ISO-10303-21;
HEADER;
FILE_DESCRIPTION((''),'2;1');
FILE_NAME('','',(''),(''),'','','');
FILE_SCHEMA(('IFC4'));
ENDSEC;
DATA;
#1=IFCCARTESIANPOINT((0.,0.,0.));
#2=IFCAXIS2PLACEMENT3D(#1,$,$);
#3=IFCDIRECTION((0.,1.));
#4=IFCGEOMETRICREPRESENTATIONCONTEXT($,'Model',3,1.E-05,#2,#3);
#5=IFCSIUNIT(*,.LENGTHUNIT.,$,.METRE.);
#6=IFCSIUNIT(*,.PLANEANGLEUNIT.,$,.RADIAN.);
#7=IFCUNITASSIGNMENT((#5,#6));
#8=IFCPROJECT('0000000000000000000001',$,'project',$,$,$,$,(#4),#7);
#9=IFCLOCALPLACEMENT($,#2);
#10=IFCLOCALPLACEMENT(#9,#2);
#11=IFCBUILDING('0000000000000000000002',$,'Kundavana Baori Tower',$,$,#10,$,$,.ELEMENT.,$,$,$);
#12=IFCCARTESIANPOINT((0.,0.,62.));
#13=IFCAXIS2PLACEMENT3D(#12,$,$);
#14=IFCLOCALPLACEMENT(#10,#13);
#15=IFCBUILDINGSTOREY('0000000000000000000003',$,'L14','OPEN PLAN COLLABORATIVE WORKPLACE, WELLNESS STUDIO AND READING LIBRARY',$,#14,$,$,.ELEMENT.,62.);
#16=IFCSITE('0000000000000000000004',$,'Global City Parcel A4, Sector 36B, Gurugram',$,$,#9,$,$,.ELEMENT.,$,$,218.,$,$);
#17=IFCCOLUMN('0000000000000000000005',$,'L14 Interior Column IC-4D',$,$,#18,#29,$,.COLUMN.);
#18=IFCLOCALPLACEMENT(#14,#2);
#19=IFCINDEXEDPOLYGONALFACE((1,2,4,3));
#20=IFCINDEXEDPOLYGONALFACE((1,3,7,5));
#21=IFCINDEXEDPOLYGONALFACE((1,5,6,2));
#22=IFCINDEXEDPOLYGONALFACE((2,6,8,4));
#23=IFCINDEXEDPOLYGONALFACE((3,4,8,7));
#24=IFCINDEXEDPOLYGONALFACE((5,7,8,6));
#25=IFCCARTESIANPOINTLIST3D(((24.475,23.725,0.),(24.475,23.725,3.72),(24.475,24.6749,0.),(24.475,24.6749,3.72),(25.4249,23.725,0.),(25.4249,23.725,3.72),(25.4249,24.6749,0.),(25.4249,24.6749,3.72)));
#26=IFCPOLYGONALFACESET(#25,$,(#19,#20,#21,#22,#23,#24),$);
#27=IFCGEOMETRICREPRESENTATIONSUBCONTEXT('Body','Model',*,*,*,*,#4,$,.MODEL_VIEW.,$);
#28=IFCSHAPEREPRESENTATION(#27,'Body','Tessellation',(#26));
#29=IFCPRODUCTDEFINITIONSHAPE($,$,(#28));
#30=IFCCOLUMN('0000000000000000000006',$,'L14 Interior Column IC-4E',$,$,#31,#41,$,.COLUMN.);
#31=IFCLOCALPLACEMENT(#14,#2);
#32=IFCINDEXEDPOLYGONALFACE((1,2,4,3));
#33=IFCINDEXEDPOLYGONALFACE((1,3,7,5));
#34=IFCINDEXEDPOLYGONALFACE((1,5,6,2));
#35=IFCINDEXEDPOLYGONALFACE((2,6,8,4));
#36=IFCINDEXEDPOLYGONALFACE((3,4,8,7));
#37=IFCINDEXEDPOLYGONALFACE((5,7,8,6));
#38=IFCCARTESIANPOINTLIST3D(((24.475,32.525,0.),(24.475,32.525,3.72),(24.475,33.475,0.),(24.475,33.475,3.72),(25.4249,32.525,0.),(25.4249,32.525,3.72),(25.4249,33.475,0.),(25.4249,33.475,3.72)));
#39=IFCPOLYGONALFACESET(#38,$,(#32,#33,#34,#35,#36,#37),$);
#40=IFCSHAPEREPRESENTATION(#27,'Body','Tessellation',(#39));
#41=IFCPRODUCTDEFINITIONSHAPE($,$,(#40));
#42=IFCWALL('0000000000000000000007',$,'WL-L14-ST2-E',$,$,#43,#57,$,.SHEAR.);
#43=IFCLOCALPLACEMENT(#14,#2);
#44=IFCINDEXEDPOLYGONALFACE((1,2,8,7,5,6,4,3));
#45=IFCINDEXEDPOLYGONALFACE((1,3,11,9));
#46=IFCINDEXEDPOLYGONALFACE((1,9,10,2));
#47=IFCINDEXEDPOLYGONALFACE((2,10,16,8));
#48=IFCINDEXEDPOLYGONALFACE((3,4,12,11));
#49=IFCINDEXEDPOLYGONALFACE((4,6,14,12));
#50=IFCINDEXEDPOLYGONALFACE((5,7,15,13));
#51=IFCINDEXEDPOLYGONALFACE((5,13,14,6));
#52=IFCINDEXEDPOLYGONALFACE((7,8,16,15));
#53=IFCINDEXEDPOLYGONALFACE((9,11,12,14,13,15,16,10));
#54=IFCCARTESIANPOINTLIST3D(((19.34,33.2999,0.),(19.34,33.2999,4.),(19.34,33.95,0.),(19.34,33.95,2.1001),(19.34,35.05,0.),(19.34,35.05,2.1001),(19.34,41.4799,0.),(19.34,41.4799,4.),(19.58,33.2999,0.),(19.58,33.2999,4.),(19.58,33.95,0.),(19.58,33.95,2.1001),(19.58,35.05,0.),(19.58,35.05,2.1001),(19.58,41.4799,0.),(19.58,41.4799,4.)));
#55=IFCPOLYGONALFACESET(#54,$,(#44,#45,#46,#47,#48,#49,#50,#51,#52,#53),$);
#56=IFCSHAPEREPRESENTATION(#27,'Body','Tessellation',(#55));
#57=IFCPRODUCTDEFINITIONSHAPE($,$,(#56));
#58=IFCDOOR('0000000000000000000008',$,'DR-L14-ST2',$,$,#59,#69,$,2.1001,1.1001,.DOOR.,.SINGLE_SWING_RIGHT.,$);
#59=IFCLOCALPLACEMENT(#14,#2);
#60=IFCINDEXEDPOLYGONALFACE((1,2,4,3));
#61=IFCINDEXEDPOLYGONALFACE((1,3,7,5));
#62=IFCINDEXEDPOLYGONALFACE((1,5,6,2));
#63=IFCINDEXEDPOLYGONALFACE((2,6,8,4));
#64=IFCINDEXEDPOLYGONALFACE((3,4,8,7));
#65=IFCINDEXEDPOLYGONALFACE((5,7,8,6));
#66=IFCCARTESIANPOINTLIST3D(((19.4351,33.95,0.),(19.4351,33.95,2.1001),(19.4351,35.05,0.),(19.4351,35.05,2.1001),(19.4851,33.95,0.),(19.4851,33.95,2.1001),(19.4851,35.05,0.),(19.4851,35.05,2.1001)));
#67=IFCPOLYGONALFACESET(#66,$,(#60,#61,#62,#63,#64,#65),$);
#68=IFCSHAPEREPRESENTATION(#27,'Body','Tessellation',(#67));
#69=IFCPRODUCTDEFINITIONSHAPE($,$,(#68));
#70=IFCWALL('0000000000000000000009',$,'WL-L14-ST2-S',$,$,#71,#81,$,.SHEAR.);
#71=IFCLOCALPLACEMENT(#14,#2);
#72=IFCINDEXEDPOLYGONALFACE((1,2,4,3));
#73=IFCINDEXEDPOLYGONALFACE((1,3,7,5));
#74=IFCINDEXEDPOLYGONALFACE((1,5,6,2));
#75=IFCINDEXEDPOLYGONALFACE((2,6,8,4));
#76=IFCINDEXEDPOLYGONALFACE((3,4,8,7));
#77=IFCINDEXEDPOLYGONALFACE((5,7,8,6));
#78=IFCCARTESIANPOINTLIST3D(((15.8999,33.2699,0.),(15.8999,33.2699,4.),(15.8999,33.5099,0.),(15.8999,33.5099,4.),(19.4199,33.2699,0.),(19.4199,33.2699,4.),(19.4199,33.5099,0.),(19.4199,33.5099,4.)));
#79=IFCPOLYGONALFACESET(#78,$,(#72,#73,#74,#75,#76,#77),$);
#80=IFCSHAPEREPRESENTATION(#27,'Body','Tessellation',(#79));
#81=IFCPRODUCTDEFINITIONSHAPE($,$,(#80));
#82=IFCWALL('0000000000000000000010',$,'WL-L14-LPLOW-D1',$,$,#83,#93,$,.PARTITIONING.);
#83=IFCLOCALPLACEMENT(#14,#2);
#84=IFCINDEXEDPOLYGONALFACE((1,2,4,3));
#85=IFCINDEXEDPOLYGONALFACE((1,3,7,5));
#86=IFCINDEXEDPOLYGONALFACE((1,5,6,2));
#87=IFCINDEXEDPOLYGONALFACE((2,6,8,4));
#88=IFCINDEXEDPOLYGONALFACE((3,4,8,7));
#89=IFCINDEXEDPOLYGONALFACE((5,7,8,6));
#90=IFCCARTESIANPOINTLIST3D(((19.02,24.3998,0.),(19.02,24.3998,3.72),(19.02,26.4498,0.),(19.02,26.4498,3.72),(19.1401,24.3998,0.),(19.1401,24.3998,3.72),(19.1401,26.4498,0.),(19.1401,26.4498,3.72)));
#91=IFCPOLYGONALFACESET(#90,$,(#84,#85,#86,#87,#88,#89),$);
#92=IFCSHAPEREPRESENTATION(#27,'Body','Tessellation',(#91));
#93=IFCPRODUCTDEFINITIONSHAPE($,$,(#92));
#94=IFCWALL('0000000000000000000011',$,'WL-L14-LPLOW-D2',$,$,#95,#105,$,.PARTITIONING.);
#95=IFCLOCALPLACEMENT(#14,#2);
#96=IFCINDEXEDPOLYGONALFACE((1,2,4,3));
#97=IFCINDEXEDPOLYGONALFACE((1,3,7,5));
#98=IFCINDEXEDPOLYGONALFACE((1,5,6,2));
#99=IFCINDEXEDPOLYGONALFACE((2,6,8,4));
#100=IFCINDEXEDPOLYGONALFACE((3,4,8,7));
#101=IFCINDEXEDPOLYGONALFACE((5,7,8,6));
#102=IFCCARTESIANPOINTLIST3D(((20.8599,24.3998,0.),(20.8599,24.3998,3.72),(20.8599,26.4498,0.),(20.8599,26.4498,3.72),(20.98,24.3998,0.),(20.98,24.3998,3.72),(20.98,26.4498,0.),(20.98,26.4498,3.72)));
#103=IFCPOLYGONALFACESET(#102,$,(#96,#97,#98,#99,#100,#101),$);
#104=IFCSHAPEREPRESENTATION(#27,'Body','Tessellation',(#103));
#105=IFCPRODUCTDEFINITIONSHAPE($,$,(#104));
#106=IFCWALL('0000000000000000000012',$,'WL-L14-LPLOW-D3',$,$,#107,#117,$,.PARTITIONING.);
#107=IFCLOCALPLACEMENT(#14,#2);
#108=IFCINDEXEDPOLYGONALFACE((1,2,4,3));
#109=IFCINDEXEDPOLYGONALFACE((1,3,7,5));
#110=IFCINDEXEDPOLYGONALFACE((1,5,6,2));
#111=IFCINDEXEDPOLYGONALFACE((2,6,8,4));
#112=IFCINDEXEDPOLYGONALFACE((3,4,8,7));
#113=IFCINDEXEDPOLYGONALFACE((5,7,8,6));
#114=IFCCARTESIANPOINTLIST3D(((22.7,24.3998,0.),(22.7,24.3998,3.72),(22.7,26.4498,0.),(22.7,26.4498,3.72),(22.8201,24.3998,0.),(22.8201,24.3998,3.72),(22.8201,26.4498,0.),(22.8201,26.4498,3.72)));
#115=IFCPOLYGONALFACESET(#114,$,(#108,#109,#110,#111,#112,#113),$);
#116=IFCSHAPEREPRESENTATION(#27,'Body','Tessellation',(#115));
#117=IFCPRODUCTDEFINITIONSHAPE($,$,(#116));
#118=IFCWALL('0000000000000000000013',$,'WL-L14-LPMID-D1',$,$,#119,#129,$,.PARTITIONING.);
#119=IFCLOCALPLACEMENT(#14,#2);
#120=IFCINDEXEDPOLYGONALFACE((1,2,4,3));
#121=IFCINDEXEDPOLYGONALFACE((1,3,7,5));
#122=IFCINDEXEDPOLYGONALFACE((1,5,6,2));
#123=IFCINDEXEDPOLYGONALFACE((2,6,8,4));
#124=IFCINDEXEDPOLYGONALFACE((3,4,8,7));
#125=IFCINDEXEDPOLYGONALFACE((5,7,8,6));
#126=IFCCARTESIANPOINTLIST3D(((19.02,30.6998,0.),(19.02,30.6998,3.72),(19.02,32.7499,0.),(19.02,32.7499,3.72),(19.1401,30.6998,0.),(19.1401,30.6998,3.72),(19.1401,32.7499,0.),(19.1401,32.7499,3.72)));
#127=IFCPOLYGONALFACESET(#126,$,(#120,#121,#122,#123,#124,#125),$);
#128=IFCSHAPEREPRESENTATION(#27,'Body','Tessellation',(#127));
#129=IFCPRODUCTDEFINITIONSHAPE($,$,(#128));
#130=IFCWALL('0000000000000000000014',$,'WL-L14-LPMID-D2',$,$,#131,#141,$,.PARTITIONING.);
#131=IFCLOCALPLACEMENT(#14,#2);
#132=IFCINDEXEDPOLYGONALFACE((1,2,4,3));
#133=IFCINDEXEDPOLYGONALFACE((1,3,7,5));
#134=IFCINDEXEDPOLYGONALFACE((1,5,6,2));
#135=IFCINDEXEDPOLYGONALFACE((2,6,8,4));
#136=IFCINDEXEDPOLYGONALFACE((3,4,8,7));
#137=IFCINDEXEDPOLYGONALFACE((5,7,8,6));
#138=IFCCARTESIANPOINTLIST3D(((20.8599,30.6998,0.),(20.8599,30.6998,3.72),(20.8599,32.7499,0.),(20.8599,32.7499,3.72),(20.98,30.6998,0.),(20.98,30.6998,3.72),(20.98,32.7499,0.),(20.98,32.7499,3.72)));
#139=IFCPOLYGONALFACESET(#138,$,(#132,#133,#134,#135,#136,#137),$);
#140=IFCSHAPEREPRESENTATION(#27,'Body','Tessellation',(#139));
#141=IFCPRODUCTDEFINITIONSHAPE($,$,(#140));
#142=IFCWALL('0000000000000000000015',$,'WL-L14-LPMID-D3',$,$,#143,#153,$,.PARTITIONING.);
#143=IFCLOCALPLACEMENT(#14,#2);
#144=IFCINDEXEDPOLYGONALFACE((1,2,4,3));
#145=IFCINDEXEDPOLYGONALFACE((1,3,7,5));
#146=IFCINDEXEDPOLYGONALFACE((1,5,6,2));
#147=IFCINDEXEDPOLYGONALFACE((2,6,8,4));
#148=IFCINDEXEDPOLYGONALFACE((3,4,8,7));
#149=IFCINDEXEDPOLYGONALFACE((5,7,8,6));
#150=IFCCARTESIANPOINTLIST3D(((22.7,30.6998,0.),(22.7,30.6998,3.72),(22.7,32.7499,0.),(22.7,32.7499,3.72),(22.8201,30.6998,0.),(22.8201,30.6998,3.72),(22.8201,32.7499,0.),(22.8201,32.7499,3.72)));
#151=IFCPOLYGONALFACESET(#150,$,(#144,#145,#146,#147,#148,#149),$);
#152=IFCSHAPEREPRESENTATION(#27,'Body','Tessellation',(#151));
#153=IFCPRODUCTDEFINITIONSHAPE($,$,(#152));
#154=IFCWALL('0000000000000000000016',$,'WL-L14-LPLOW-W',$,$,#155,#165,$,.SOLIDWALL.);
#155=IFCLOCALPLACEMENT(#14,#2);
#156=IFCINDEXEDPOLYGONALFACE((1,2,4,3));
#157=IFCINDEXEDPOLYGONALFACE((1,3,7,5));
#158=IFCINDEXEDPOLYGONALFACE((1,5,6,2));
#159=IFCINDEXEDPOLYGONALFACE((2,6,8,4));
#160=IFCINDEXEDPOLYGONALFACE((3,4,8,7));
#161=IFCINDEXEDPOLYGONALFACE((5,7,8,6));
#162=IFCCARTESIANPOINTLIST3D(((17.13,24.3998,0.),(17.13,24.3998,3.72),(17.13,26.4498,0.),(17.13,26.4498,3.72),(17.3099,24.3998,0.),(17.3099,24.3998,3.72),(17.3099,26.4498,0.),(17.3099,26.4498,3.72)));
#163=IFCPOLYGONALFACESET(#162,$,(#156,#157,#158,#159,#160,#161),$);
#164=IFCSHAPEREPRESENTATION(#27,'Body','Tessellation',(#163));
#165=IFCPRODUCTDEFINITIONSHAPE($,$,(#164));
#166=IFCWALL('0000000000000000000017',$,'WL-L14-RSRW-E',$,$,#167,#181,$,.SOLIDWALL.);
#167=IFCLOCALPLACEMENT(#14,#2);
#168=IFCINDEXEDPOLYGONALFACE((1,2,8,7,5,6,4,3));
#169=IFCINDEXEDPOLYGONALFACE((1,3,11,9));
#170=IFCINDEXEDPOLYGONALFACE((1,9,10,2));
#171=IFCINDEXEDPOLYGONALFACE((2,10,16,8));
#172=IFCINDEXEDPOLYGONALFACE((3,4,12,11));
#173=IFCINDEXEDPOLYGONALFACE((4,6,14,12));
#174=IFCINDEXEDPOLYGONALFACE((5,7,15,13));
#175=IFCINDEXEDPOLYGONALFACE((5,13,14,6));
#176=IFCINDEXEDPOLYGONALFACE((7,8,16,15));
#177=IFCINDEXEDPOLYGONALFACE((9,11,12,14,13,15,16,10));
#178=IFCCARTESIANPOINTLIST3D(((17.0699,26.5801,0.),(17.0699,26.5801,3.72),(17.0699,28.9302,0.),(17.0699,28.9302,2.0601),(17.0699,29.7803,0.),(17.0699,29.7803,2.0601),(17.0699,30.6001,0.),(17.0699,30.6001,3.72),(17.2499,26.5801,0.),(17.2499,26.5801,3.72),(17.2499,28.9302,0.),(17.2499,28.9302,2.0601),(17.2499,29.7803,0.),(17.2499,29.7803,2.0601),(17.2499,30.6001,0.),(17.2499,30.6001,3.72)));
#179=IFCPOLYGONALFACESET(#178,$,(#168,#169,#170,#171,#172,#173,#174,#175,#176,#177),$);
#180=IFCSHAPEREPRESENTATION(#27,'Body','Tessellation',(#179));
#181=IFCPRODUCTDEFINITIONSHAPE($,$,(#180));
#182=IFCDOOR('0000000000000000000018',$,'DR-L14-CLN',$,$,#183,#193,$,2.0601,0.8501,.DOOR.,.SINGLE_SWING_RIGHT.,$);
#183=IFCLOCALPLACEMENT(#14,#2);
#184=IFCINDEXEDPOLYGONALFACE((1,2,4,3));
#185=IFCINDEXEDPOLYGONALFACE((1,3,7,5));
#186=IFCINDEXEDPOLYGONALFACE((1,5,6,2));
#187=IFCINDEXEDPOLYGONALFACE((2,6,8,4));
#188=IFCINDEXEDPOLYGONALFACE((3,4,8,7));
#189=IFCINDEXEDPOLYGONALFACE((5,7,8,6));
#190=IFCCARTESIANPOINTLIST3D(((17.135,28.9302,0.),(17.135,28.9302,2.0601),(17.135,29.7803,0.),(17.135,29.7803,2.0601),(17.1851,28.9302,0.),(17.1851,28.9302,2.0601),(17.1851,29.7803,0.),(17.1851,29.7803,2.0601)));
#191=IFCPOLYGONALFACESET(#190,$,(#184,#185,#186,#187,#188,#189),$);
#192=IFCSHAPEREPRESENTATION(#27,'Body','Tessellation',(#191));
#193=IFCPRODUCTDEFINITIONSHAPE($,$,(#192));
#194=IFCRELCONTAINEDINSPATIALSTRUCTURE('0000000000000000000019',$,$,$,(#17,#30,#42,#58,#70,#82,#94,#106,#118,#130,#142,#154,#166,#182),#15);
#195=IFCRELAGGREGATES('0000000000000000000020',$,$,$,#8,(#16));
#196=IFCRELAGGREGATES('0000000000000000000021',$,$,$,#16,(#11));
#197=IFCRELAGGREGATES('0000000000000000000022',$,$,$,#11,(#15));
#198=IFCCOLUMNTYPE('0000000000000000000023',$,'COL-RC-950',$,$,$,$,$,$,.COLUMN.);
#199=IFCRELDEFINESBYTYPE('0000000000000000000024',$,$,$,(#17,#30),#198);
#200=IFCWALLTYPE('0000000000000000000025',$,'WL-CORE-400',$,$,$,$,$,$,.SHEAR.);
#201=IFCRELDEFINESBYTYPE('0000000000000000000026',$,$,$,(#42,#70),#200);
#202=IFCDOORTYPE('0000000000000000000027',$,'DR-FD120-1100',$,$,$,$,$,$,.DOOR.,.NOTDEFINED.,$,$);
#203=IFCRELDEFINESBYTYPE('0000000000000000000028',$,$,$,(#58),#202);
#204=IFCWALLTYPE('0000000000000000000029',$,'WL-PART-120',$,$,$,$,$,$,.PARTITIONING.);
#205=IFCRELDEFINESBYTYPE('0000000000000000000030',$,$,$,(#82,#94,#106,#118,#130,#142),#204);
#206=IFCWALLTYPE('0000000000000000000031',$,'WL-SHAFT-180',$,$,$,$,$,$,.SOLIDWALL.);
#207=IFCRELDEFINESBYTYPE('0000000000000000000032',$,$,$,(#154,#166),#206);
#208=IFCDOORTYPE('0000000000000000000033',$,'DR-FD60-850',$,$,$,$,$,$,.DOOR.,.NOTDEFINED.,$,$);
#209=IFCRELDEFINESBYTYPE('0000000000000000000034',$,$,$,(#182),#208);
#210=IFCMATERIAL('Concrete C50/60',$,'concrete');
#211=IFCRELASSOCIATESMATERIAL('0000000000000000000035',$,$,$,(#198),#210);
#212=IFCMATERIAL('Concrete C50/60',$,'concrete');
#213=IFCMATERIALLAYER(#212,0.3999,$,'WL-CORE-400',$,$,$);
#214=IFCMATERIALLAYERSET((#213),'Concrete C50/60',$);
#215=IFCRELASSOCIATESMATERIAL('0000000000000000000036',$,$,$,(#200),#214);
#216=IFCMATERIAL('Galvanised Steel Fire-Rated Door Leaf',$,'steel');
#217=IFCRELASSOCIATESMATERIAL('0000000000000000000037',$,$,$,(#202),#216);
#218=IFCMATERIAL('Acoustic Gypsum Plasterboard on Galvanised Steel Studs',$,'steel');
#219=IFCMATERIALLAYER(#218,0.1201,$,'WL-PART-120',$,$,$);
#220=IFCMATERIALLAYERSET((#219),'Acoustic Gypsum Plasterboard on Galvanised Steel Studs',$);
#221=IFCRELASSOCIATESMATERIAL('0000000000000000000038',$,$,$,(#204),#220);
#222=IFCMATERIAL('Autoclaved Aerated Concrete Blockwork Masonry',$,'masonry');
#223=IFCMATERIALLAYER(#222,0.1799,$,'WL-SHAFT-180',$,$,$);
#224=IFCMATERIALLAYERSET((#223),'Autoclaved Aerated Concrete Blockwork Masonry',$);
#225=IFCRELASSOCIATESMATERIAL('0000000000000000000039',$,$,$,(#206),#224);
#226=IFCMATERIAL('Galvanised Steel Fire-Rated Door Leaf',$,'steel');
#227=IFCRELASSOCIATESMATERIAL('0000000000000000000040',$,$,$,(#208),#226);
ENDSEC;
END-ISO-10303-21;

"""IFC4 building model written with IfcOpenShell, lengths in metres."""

from ifc_helpers import new_model, si_unit, direction, frame, frame_2d, origin, origin_2d, place, context, subcontext, project, spatial, rectangle, extrude, material, layer, layer_set, material_profile, profile_set, type_object, element, fill, save


model = new_model("IFC4")

# Units and contexts
model_context = context("Model", 3, precision=1e-05, world=origin(), true_north=direction((0.0, 1.0)))
body_context = subcontext(model_context, "Body", "Model", "MODEL_VIEW")
ifc_project = project(units=[si_unit("LENGTHUNIT", "METRE"), si_unit("PLANEANGLEUNIT", "RADIAN")], contexts=[model_context])

# Site, building, storey
site_placement = place(None, origin())
site = spatial("IfcSite", under=ifc_project, at=site_placement, Name="Global City Parcel A4, Sector 36B, Gurugram", CompositionType="ELEMENT", RefElevation=218.0)
building_placement = place(site_placement, origin())
building = spatial("IfcBuilding", under=site, at=building_placement, Name="Kundavana Baori Tower", CompositionType="ELEMENT")
storey_placement = place(building_placement, frame((0.0, 0.0, 62.0)))
storey = spatial("IfcBuildingStorey", under=building, at=storey_placement, Name="L14", Description="OPEN PLAN COLLABORATIVE WORKPLACE, WELLNESS STUDIO AND READING LIBRARY", CompositionType="ELEMENT", Elevation=62.0)

# Columns
ifc_material_1 = material(Name="Concrete C50/60", Category="concrete")
ifc_material_profile = material_profile(ifc_material_1, rectangle(XDim=0.95, YDim=0.95, at=origin_2d()), Name="RC 950x950")
ifc_profile_set = profile_set([ifc_material_profile], Name="Concrete C50/60")
column_type = type_object("IfcColumnType", Name="COL-RC-950", PredefinedType="COLUMN", material=ifc_profile_set)
for number, where, z_axis, x_axis, name in (
    (1, (24.95, 24.2, 0.0), (0.0, 0.0, 1.0), (1.0, 0.0, 0.0), "L14 Interior Column IC-4D"),
    (2, (24.95, 33.0, 0.0), (0.0, 0.0, 1.0), (1.0, 0.0, 0.0), "L14 Interior Column IC-4E"),
):
    element("IfcColumn", number, at=place(storey_placement, frame(where, z_axis=z_axis, x_axis=x_axis)), inside=storey, type_object=column_type, Name=name, PredefinedType="COLUMN", context=body_context, shape_type="SweptSolid", body=[
        extrude(rectangle(XDim=0.95, YDim=0.95, at=origin_2d()), origin(), (0.0, 0.0, 1.0), 3.72),
    ])

# Wall, opening, door
ifc_material_2 = material(Name="Concrete C50/60", Category="concrete")
ifc_layer_1 = layer(ifc_material_2, 0.3999, Name="WL-CORE-400")
ifc_layer_set_1 = layer_set([ifc_layer_1], Name="Concrete C50/60")
wall_type_1 = type_object("IfcWallType", Name="WL-CORE-400", PredefinedType="SHEAR", material=ifc_layer_set_1)
wall_1_placement = place(storey_placement, frame((19.46, 33.3, 0.0), z_axis=(0.0, 0.0, 1.0), x_axis=(0.0, 1.0, 0.0)))
wall_1 = element("IfcWall", 3, at=wall_1_placement, inside=storey, type_object=wall_type_1, Name="WL-L14-ST2-E", PredefinedType="SHEAR", context=body_context, shape_type="SweptSolid", body=[
    extrude(rectangle(XDim=8.1799, YDim=0.24, at=frame_2d((4.0898, 0.0))), origin(), (0.0, 0.0, 1.0), 4.0),
])
opening_1_placement = place(wall_1_placement, frame((0.6499, 0.0, 0.0)))
opening_1 = element("IfcOpeningElement", 4, at=opening_1_placement, cuts=wall_1, PredefinedType="OPENING", context=body_context, shape_type="SweptSolid", body=[
    extrude(rectangle(XDim=1.1001, YDim=2.1001, at=frame_2d((0.55, 1.05))), frame((0.0, 0.1299, 0.0), z_axis=(0.0, -1.0, 0.0), x_axis=(1.0, 0.0, 0.0)), (0.0, 0.0, 1.0), 0.26),
])
ifc_material_3 = material(Name="Galvanised Steel Fire-Rated Door Leaf", Category="steel")
door_type_1 = type_object("IfcDoorType", Name="DR-FD120-1100", OperationType="NOTDEFINED", PredefinedType="DOOR", material=ifc_material_3)
door_1_placement = place(opening_1_placement, origin())
door_1 = element("IfcDoor", 5, at=door_1_placement, inside=storey, type_object=door_type_1, Name="DR-L14-ST2", OperationType="SINGLE_SWING_RIGHT", OverallHeight=2.1001, OverallWidth=1.1001, PredefinedType="DOOR", context=body_context, shape_type="SweptSolid", body=[
    extrude(rectangle(XDim=1.1001, YDim=2.1001, at=frame_2d((0.55, 1.05))), frame((0.0, 0.0249, 0.0), z_axis=(0.0, -1.0, 0.0), x_axis=(1.0, 0.0, 0.0)), (0.0, 0.0, 1.0), 0.05),
])
fill(opening_1, door_1)

# Walls
wall_2_placement = place(storey_placement, frame((15.8999, 33.3899, 0.0), z_axis=(0.0, 0.0, 1.0), x_axis=(1.0, 0.0, 0.0)))
element("IfcWall", 6, at=wall_2_placement, inside=storey, type_object=wall_type_1, Name="WL-L14-ST2-S", PredefinedType="SHEAR", context=body_context, shape_type="SweptSolid", body=[
    extrude(rectangle(XDim=3.52, YDim=0.24, at=frame_2d((1.76, 0.0))), origin(), (0.0, 0.0, 1.0), 4.0),
])
ifc_material_4 = material(Name="Acoustic Gypsum Plasterboard on Galvanised Steel Studs", Category="steel")
ifc_layer_2 = layer(ifc_material_4, 0.1201, Name="WL-PART-120")
ifc_layer_set_2 = layer_set([ifc_layer_2], Name="Acoustic Gypsum Plasterboard on Galvanised Steel Studs")
wall_type_2 = type_object("IfcWallType", Name="WL-PART-120", PredefinedType="PARTITIONING", material=ifc_layer_set_2)
for number, where, z_axis, x_axis, name in (
    (7, (19.0801, 24.3999, 0.0), (0.0, 0.0, 1.0), (0.0, 1.0, 0.0), "WL-L14-LPLOW-D1"),
    (8, (20.9199, 24.3999, 0.0), (0.0, 0.0, 1.0), (0.0, 1.0, 0.0), "WL-L14-LPLOW-D2"),
    (9, (22.76, 24.3999, 0.0), (0.0, 0.0, 1.0), (0.0, 1.0, 0.0), "WL-L14-LPLOW-D3"),
    (10, (19.0801, 30.7, 0.0), (0.0, 0.0, 1.0), (0.0, 1.0, 0.0), "WL-L14-LPMID-D1"),
    (11, (20.9199, 30.7, 0.0), (0.0, 0.0, 1.0), (0.0, 1.0, 0.0), "WL-L14-LPMID-D2"),
    (12, (22.76, 30.7, 0.0), (0.0, 0.0, 1.0), (0.0, 1.0, 0.0), "WL-L14-LPMID-D3"),
):
    element("IfcWall", number, at=place(storey_placement, frame(where, z_axis=z_axis, x_axis=x_axis)), inside=storey, type_object=wall_type_2, Name=name, PredefinedType="PARTITIONING", context=body_context, shape_type="SweptSolid", body=[
        extrude(rectangle(XDim=2.05, YDim=0.1201, at=frame_2d((1.0249, 0.0))), origin(), (0.0, 0.0, 1.0), 3.72),
    ])
ifc_material_5 = material(Name="Autoclaved Aerated Concrete Blockwork Masonry", Category="masonry")
ifc_layer_3 = layer(ifc_material_5, 0.1799, Name="WL-SHAFT-180")
ifc_layer_set_3 = layer_set([ifc_layer_3], Name="Autoclaved Aerated Concrete Blockwork Masonry")
wall_type_3 = type_object("IfcWallType", Name="WL-SHAFT-180", PredefinedType="SOLIDWALL", material=ifc_layer_set_3)
wall_3_placement = place(storey_placement, frame((17.22, 24.3999, 0.0), z_axis=(0.0, 0.0, 1.0), x_axis=(0.0, 1.0, 0.0)))
element("IfcWall", 13, at=wall_3_placement, inside=storey, type_object=wall_type_3, Name="WL-L14-LPLOW-W", PredefinedType="SOLIDWALL", context=body_context, shape_type="SweptSolid", body=[
    extrude(rectangle(XDim=2.05, YDim=0.1799, at=frame_2d((1.0249, 0.0))), origin(), (0.0, 0.0, 1.0), 3.72),
])

# Wall, opening, door
wall_4_placement = place(storey_placement, frame((17.1599, 26.5801, 0.0), z_axis=(0.0, 0.0, 1.0), x_axis=(0.0, 1.0, 0.0)))
wall_4 = element("IfcWall", 14, at=wall_4_placement, inside=storey, type_object=wall_type_3, Name="WL-L14-RSRW-E", PredefinedType="SOLIDWALL", context=body_context, shape_type="SweptSolid", body=[
    extrude(rectangle(XDim=4.02, YDim=0.1799, at=frame_2d((2.01, 0.0))), origin(), (0.0, 0.0, 1.0), 3.72),
])
opening_2_placement = place(wall_4_placement, frame((2.3501, 0.0, 0.0)))
opening_2 = element("IfcOpeningElement", 15, at=opening_2_placement, cuts=wall_4, PredefinedType="OPENING", context=body_context, shape_type="SweptSolid", body=[
    extrude(rectangle(XDim=0.8501, YDim=2.0601, at=frame_2d((0.425, 1.03))), frame((0.0, 0.1001, 0.0), z_axis=(0.0, -1.0, 0.0), x_axis=(1.0, 0.0, 0.0)), (0.0, 0.0, 1.0), 0.2),
])
ifc_material_6 = material(Name="Galvanised Steel Fire-Rated Door Leaf", Category="steel")
door_type_2 = type_object("IfcDoorType", Name="DR-FD60-850", OperationType="NOTDEFINED", PredefinedType="DOOR", material=ifc_material_6)
door_2_placement = place(opening_2_placement, origin())
door_2 = element("IfcDoor", 16, at=door_2_placement, inside=storey, type_object=door_type_2, Name="DR-L14-CLN", OperationType="SINGLE_SWING_RIGHT", OverallHeight=2.0601, OverallWidth=0.8501, PredefinedType="DOOR", context=body_context, shape_type="SweptSolid", body=[
    extrude(rectangle(XDim=0.8501, YDim=2.0601, at=frame_2d((0.425, 1.03))), frame((0.0, 0.0249, 0.0), z_axis=(0.0, -1.0, 0.0), x_axis=(1.0, 0.0, 0.0)), (0.0, 0.0, 1.0), 0.05),
])
fill(opening_2, door_2)

save(model, "model.ifc")
